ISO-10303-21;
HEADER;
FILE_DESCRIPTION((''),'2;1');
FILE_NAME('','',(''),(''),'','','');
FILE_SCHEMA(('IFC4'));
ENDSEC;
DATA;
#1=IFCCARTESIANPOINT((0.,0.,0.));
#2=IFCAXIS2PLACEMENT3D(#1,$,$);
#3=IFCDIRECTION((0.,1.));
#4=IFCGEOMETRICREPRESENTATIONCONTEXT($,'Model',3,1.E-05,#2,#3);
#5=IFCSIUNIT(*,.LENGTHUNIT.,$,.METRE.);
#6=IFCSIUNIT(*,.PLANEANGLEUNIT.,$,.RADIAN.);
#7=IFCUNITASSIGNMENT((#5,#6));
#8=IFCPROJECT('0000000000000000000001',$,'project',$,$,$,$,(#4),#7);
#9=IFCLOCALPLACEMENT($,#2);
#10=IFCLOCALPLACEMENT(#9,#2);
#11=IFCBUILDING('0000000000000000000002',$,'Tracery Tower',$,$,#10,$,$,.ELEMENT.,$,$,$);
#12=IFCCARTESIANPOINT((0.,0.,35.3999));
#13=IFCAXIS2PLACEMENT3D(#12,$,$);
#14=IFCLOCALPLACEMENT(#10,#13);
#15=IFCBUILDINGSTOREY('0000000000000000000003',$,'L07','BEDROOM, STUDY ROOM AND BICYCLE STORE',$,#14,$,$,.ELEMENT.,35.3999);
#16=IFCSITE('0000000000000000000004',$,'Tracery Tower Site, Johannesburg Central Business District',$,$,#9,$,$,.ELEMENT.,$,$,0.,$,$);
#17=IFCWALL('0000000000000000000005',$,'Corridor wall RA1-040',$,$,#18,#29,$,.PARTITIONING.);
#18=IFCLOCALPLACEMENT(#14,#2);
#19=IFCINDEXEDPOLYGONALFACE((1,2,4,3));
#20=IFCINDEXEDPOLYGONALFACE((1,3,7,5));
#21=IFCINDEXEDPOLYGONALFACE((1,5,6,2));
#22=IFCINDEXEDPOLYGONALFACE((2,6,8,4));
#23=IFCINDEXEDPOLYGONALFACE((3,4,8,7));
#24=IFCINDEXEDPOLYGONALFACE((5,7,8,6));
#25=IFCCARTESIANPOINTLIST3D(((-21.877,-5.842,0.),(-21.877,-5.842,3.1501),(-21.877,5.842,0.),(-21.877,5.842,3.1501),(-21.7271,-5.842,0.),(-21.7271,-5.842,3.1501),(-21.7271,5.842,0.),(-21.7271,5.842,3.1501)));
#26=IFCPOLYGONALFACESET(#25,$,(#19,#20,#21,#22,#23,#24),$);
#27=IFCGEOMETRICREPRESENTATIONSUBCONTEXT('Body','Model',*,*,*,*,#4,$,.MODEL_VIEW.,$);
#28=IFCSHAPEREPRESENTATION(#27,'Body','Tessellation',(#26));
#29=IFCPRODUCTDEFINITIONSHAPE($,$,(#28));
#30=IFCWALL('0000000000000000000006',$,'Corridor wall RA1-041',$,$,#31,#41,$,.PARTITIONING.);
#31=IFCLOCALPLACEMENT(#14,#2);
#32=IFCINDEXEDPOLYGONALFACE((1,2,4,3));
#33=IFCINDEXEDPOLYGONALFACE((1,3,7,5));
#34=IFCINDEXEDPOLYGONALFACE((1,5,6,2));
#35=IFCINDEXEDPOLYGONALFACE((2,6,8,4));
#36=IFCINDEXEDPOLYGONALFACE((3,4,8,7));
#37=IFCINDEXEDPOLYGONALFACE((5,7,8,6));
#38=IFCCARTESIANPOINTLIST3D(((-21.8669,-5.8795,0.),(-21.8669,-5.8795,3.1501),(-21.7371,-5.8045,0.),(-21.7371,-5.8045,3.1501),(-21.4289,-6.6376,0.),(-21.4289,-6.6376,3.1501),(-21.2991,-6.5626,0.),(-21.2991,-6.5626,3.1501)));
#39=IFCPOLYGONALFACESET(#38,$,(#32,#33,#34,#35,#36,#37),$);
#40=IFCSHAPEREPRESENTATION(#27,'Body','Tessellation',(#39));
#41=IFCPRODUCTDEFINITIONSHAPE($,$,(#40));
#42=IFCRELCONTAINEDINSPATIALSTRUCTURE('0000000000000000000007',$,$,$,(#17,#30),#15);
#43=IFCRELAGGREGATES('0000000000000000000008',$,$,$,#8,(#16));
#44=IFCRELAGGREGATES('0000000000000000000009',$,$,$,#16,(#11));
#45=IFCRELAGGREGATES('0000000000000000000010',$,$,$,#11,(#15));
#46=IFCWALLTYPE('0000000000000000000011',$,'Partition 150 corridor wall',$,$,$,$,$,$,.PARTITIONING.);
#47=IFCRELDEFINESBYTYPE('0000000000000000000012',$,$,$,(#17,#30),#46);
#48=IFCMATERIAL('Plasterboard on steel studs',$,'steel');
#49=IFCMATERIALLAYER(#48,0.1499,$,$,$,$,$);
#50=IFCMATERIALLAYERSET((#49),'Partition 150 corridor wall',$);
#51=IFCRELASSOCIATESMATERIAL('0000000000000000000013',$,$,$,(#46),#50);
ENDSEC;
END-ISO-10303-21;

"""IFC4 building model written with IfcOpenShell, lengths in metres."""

from ifc_helpers import new_model, si_unit, direction, frame, frame_2d, origin, place, context, subcontext, project, spatial, rectangle, extrude, material, layer, layer_set, type_object, element, save


model = new_model("IFC4")

# Units and contexts
model_context = context("Model", 3, precision=1e-05, world=origin(), true_north=direction((0.0, 1.0)))
body_context = subcontext(model_context, "Body", "Model", "MODEL_VIEW")
ifc_project = project(units=[si_unit("LENGTHUNIT", "METRE"), si_unit("PLANEANGLEUNIT", "RADIAN")], contexts=[model_context])

# Site, building, storey
site_placement = place(None, origin())
site = spatial("IfcSite", under=ifc_project, at=site_placement, Name="Tracery Tower Site, Johannesburg Central Business District", CompositionType="ELEMENT", RefElevation=0.0)
building_placement = place(site_placement, origin())
building = spatial("IfcBuilding", under=site, at=building_placement, Name="Tracery Tower", CompositionType="ELEMENT")
storey_placement = place(building_placement, frame((0.0, 0.0, 35.3999)))
storey = spatial("IfcBuildingStorey", under=building, at=storey_placement, Name="L07", Description="BEDROOM, STUDY ROOM AND BICYCLE STORE", CompositionType="ELEMENT", Elevation=35.3999)

# Walls
ifc_material_1 = material(Name="Plasterboard on steel studs", Category="steel")
ifc_layer_1 = layer(ifc_material_1, 0.1499)
ifc_layer_set_1 = layer_set([ifc_layer_1], Name="Partition 150 corridor wall")
wall_type_1 = type_object("IfcWallType", Name="Partition 150 corridor wall", PredefinedType="PARTITIONING", material=ifc_layer_set_1)
wall_1_placement = place(storey_placement, frame((-21.802, -5.842, 0.0), z_axis=(0.0, 0.0, 1.0), x_axis=(0.0, 1.0, 0.0)))
element("IfcWall", 1, at=wall_1_placement, inside=storey, type_object=wall_type_1, Name="Corridor wall RA1-040", PredefinedType="PARTITIONING", context=body_context, shape_type="SweptSolid", body=[
    extrude(rectangle(XDim=11.6841, YDim=0.1499, at=frame_2d((5.842, 0.0))), origin(), (0.0, 0.0, 1.0), 3.1501),
])
wall_2_placement = place(storey_placement, frame((-21.802, -5.842, 0.0), z_axis=(0.0, 0.0, 1.0), x_axis=(0.500278, -0.865865, 0.0)))
element("IfcWall", 2, at=wall_2_placement, inside=storey, type_object=wall_type_1, Name="Corridor wall RA1-041", PredefinedType="PARTITIONING", context=body_context, shape_type="SweptSolid", body=[
    extrude(rectangle(XDim=0.8755, YDim=0.1499, at=frame_2d((0.4377, 0.0))), origin(), (0.0, 0.0, 1.0), 3.1501),
])

save(model, "model.ifc")
